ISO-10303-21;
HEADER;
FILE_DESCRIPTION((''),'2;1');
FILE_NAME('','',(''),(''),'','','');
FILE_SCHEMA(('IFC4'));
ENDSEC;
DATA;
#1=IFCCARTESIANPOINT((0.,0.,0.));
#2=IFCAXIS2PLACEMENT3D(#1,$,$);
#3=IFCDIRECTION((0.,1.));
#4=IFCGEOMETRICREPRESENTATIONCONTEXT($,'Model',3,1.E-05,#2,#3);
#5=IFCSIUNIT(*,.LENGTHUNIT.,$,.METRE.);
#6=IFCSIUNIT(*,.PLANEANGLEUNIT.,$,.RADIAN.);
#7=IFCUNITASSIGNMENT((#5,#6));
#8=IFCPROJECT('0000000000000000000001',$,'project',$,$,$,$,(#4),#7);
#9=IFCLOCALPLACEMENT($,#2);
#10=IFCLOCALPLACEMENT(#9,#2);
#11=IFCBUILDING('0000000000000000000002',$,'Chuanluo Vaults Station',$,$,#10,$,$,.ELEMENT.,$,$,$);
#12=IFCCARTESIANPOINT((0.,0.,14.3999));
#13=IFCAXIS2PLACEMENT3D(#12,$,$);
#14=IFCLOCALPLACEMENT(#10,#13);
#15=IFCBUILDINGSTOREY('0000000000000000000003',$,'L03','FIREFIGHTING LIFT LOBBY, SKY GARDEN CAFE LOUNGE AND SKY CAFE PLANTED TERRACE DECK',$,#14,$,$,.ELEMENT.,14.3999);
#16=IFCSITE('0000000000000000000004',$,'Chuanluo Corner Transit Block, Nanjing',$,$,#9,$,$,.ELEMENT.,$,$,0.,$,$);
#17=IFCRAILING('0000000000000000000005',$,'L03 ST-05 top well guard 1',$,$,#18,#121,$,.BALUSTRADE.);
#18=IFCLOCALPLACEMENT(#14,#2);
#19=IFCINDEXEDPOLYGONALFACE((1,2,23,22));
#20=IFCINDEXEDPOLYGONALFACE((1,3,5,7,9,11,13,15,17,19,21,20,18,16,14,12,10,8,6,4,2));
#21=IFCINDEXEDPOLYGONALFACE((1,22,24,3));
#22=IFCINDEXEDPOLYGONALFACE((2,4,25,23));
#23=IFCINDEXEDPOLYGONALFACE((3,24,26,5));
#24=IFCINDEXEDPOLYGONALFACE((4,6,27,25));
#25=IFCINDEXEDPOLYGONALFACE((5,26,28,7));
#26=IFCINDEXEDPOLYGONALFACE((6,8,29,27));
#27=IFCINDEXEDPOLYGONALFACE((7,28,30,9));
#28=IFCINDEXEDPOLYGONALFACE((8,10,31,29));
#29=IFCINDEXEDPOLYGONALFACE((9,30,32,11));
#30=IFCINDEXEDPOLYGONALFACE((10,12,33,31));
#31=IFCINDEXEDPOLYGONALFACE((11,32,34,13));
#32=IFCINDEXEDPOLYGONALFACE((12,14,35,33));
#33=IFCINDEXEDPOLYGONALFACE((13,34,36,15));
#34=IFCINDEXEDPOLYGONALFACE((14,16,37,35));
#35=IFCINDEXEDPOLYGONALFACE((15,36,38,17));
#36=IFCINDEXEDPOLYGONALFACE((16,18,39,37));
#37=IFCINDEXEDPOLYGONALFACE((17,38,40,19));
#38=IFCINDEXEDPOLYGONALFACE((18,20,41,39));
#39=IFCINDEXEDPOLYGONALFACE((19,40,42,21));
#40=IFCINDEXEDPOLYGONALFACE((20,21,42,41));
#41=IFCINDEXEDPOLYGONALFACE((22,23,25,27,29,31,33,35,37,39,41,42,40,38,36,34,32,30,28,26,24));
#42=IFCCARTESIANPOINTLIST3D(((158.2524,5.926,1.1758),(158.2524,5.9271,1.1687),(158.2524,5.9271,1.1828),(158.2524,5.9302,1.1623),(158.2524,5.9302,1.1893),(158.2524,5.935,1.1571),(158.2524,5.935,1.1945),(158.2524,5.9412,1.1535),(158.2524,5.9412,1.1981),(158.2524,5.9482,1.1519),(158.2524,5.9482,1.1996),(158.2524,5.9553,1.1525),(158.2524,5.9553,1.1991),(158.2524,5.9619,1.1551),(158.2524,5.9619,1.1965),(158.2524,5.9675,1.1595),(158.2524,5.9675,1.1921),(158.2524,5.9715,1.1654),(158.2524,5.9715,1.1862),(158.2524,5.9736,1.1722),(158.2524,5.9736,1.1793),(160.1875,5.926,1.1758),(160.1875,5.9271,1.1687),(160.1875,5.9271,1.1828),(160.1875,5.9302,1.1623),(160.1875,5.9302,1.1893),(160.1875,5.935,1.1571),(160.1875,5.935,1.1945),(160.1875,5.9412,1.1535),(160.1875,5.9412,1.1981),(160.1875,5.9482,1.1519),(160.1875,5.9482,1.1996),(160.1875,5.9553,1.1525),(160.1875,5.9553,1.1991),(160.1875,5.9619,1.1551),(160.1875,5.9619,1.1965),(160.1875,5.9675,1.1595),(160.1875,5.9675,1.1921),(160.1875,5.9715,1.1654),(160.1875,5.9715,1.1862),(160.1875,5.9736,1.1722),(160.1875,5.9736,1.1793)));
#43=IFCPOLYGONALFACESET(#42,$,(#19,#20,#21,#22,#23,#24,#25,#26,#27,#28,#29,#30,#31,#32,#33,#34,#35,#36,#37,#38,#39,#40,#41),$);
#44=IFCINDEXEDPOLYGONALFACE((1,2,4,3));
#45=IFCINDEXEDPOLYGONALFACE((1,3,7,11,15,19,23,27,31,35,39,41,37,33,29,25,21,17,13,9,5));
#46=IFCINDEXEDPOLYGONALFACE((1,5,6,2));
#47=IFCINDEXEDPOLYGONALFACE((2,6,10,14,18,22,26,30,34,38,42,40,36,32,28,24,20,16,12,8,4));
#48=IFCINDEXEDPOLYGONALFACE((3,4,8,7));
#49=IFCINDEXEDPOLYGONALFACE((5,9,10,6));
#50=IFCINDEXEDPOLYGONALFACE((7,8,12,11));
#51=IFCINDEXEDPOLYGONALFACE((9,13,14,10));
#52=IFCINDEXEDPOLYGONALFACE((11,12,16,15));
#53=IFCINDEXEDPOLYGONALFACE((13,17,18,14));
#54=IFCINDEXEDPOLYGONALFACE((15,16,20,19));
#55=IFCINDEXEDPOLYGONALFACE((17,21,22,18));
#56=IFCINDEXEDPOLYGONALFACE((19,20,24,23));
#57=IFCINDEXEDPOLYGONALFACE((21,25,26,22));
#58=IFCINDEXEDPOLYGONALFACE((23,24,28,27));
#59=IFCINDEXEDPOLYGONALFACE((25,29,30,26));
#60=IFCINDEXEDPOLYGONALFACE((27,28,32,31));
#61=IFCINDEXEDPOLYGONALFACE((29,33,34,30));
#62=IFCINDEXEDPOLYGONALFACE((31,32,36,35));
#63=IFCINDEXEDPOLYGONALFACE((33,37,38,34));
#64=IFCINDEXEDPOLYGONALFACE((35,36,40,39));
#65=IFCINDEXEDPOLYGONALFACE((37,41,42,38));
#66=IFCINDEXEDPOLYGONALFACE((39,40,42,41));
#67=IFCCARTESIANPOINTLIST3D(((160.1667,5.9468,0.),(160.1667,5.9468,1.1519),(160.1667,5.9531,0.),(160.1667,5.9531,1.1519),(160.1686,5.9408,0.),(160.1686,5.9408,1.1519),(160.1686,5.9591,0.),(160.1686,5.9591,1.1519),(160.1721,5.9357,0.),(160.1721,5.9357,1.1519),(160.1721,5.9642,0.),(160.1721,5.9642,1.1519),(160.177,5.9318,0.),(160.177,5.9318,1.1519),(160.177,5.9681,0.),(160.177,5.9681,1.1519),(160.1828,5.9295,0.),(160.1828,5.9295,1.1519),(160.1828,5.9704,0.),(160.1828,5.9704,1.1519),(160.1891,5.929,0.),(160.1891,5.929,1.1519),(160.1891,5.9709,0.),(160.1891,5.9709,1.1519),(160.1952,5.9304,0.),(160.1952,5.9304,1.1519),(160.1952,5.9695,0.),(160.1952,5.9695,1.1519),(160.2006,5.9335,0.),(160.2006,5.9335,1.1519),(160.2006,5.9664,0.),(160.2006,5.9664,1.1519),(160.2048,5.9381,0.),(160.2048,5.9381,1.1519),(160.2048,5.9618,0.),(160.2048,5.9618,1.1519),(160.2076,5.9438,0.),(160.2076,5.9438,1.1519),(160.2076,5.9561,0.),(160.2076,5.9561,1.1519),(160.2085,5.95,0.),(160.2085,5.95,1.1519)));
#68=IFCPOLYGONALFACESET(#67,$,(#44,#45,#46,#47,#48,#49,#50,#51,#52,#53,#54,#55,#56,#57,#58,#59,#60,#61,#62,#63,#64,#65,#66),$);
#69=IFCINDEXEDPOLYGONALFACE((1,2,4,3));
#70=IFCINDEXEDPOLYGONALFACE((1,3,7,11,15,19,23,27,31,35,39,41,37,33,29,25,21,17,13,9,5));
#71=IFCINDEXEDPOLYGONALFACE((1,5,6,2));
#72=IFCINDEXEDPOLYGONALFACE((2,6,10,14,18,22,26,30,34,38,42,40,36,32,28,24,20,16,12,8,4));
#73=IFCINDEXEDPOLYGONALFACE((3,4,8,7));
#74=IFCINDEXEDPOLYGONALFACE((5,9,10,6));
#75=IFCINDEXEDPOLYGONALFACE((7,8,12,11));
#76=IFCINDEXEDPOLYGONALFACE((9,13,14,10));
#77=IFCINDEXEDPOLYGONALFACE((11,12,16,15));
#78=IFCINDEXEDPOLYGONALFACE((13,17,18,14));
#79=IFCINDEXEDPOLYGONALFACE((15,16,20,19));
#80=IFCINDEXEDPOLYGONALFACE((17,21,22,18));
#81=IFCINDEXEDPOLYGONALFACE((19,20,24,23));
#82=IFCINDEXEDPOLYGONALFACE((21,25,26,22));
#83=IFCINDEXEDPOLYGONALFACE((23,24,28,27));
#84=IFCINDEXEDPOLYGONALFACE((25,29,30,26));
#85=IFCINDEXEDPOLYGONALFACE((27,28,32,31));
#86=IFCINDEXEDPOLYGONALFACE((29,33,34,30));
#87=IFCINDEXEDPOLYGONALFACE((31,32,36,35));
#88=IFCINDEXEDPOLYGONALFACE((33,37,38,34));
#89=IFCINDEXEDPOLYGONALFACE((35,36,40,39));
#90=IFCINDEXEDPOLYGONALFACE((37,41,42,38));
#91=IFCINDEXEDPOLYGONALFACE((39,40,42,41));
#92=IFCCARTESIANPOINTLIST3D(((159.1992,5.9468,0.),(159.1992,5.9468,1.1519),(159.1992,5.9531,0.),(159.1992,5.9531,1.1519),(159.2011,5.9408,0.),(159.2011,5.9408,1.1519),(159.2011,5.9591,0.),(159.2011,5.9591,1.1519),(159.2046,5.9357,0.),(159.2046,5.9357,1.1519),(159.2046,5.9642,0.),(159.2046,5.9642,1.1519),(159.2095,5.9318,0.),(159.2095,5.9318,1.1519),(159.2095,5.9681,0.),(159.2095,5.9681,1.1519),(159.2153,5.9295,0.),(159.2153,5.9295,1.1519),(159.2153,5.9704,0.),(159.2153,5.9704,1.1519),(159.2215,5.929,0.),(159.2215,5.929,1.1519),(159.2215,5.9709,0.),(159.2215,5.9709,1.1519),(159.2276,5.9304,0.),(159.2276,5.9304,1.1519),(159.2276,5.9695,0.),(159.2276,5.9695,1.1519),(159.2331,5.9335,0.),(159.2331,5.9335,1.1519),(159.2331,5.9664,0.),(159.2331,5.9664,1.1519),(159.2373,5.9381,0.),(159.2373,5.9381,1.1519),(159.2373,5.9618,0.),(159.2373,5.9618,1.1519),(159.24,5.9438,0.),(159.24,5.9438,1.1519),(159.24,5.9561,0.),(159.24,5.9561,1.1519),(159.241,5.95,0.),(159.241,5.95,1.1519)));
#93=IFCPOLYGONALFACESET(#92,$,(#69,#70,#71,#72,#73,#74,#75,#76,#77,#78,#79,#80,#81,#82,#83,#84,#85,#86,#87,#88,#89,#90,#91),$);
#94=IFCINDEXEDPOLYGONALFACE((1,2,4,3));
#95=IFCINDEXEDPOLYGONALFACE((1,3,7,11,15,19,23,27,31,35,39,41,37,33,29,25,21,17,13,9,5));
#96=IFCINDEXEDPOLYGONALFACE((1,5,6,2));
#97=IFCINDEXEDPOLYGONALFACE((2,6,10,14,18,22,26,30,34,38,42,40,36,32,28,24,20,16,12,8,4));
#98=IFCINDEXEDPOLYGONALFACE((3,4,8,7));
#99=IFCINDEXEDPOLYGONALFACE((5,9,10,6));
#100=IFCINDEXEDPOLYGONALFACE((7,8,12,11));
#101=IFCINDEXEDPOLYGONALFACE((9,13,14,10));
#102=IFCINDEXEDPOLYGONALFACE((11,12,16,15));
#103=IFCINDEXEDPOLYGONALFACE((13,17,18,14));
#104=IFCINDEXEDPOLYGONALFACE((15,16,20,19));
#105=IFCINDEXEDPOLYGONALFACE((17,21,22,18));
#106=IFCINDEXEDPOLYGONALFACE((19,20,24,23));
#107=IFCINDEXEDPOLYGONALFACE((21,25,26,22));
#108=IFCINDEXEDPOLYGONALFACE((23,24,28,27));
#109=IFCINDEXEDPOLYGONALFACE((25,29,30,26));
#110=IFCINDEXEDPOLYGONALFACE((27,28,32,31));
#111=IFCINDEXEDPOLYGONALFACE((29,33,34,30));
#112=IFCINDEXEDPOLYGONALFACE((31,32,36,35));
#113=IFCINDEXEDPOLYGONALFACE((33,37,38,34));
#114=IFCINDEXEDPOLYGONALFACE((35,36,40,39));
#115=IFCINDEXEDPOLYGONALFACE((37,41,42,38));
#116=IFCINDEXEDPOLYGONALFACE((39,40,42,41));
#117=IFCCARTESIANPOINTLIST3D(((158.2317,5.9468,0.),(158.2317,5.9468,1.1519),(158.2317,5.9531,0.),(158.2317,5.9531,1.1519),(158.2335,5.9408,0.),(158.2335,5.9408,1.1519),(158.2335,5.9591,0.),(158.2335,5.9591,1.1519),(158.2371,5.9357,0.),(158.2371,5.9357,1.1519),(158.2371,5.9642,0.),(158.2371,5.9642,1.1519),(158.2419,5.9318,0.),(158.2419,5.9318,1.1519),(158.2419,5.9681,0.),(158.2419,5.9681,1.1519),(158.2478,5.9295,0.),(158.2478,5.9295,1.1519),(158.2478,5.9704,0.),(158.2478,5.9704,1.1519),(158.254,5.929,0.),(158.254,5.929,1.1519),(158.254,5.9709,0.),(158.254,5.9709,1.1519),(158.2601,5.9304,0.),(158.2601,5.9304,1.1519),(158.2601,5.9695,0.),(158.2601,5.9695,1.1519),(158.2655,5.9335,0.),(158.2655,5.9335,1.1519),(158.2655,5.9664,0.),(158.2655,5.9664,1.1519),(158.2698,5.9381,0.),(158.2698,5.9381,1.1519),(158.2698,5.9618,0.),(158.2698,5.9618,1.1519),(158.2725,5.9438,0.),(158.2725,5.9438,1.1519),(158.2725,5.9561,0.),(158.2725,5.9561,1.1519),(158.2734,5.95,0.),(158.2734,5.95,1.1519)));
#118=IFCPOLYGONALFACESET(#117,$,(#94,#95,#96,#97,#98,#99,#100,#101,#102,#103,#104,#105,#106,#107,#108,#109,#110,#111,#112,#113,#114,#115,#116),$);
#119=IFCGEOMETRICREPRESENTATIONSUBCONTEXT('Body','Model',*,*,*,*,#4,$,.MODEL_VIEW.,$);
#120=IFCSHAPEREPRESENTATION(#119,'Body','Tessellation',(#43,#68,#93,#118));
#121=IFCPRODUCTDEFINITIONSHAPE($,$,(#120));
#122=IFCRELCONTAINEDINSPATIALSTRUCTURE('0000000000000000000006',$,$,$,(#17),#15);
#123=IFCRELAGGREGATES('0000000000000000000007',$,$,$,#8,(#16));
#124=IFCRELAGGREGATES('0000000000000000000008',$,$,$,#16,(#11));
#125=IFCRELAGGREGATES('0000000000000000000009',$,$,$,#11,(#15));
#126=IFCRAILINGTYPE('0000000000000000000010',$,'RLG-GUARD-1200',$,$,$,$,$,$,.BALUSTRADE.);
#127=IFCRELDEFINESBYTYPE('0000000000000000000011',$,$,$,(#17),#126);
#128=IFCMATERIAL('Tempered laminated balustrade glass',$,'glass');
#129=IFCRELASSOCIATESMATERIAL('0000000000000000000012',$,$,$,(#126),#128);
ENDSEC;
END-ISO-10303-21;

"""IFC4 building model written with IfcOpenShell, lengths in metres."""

from ifc_helpers import new_model, si_unit, direction, frame, origin, origin_2d, place, context, subcontext, project, spatial, circle, extrude, material, type_object, element, save


model = new_model("IFC4")

# Units and contexts
model_context = context("Model", 3, precision=1e-05, world=origin(), true_north=direction((0.0, 1.0)))
body_context = subcontext(model_context, "Body", "Model", "MODEL_VIEW")
ifc_project = project(units=[si_unit("LENGTHUNIT", "METRE"), si_unit("PLANEANGLEUNIT", "RADIAN")], contexts=[model_context])

# Site, building, storey
site_placement = place(None, origin())
site = spatial("IfcSite", under=ifc_project, at=site_placement, Name="Chuanluo Corner Transit Block, Nanjing", CompositionType="ELEMENT", RefElevation=0.0)
building_placement = place(site_placement, origin())
building = spatial("IfcBuilding", under=site, at=building_placement, Name="Chuanluo Vaults Station", CompositionType="ELEMENT")
storey_placement = place(building_placement, frame((0.0, 0.0, 14.3999)))
storey = spatial("IfcBuildingStorey", under=building, at=storey_placement, Name="L03", Description="FIREFIGHTING LIFT LOBBY, SKY GARDEN CAFE LOUNGE AND SKY CAFE PLANTED TERRACE DECK", CompositionType="ELEMENT", Elevation=14.3999)

# Railing
ifc_material_1 = material(Name="Tempered laminated balustrade glass", Category="glass")
railing_type = type_object("IfcRailingType", Name="RLG-GUARD-1200", PredefinedType="BALUSTRADE", material=ifc_material_1)
for number, where, name in (
    (1, (160.1875, 5.95, 0.0), "L03 ST-05 top well guard 1"),
):
    element("IfcRailing", number, at=place(storey_placement, frame(where)), inside=storey, type_object=railing_type, Name=name, PredefinedType="BALUSTRADE", context=body_context, shape_type="SweptSolid", body=[
        extrude(circle(Radius=0.0239, at=origin_2d()), frame((0.0, 0.0, 1.1758), z_axis=(-1.0, 0.0, 0.0), x_axis=(0.0, -1.0, 0.0)), (0.0, 0.0, 1.0), 1.9351),
        extrude(circle(Radius=0.021, at=origin_2d()), origin(), (0.0, 0.0, 1.0), 1.1519),
        extrude(circle(Radius=0.021, at=origin_2d()), frame((-0.9675, 0.0, 0.0)), (0.0, 0.0, 1.0), 1.1519),
        extrude(circle(Radius=0.021, at=origin_2d()), frame((-1.9351, 0.0, 0.0)), (0.0, 0.0, 1.0), 1.1519),
    ])

save(model, "model.ifc")
